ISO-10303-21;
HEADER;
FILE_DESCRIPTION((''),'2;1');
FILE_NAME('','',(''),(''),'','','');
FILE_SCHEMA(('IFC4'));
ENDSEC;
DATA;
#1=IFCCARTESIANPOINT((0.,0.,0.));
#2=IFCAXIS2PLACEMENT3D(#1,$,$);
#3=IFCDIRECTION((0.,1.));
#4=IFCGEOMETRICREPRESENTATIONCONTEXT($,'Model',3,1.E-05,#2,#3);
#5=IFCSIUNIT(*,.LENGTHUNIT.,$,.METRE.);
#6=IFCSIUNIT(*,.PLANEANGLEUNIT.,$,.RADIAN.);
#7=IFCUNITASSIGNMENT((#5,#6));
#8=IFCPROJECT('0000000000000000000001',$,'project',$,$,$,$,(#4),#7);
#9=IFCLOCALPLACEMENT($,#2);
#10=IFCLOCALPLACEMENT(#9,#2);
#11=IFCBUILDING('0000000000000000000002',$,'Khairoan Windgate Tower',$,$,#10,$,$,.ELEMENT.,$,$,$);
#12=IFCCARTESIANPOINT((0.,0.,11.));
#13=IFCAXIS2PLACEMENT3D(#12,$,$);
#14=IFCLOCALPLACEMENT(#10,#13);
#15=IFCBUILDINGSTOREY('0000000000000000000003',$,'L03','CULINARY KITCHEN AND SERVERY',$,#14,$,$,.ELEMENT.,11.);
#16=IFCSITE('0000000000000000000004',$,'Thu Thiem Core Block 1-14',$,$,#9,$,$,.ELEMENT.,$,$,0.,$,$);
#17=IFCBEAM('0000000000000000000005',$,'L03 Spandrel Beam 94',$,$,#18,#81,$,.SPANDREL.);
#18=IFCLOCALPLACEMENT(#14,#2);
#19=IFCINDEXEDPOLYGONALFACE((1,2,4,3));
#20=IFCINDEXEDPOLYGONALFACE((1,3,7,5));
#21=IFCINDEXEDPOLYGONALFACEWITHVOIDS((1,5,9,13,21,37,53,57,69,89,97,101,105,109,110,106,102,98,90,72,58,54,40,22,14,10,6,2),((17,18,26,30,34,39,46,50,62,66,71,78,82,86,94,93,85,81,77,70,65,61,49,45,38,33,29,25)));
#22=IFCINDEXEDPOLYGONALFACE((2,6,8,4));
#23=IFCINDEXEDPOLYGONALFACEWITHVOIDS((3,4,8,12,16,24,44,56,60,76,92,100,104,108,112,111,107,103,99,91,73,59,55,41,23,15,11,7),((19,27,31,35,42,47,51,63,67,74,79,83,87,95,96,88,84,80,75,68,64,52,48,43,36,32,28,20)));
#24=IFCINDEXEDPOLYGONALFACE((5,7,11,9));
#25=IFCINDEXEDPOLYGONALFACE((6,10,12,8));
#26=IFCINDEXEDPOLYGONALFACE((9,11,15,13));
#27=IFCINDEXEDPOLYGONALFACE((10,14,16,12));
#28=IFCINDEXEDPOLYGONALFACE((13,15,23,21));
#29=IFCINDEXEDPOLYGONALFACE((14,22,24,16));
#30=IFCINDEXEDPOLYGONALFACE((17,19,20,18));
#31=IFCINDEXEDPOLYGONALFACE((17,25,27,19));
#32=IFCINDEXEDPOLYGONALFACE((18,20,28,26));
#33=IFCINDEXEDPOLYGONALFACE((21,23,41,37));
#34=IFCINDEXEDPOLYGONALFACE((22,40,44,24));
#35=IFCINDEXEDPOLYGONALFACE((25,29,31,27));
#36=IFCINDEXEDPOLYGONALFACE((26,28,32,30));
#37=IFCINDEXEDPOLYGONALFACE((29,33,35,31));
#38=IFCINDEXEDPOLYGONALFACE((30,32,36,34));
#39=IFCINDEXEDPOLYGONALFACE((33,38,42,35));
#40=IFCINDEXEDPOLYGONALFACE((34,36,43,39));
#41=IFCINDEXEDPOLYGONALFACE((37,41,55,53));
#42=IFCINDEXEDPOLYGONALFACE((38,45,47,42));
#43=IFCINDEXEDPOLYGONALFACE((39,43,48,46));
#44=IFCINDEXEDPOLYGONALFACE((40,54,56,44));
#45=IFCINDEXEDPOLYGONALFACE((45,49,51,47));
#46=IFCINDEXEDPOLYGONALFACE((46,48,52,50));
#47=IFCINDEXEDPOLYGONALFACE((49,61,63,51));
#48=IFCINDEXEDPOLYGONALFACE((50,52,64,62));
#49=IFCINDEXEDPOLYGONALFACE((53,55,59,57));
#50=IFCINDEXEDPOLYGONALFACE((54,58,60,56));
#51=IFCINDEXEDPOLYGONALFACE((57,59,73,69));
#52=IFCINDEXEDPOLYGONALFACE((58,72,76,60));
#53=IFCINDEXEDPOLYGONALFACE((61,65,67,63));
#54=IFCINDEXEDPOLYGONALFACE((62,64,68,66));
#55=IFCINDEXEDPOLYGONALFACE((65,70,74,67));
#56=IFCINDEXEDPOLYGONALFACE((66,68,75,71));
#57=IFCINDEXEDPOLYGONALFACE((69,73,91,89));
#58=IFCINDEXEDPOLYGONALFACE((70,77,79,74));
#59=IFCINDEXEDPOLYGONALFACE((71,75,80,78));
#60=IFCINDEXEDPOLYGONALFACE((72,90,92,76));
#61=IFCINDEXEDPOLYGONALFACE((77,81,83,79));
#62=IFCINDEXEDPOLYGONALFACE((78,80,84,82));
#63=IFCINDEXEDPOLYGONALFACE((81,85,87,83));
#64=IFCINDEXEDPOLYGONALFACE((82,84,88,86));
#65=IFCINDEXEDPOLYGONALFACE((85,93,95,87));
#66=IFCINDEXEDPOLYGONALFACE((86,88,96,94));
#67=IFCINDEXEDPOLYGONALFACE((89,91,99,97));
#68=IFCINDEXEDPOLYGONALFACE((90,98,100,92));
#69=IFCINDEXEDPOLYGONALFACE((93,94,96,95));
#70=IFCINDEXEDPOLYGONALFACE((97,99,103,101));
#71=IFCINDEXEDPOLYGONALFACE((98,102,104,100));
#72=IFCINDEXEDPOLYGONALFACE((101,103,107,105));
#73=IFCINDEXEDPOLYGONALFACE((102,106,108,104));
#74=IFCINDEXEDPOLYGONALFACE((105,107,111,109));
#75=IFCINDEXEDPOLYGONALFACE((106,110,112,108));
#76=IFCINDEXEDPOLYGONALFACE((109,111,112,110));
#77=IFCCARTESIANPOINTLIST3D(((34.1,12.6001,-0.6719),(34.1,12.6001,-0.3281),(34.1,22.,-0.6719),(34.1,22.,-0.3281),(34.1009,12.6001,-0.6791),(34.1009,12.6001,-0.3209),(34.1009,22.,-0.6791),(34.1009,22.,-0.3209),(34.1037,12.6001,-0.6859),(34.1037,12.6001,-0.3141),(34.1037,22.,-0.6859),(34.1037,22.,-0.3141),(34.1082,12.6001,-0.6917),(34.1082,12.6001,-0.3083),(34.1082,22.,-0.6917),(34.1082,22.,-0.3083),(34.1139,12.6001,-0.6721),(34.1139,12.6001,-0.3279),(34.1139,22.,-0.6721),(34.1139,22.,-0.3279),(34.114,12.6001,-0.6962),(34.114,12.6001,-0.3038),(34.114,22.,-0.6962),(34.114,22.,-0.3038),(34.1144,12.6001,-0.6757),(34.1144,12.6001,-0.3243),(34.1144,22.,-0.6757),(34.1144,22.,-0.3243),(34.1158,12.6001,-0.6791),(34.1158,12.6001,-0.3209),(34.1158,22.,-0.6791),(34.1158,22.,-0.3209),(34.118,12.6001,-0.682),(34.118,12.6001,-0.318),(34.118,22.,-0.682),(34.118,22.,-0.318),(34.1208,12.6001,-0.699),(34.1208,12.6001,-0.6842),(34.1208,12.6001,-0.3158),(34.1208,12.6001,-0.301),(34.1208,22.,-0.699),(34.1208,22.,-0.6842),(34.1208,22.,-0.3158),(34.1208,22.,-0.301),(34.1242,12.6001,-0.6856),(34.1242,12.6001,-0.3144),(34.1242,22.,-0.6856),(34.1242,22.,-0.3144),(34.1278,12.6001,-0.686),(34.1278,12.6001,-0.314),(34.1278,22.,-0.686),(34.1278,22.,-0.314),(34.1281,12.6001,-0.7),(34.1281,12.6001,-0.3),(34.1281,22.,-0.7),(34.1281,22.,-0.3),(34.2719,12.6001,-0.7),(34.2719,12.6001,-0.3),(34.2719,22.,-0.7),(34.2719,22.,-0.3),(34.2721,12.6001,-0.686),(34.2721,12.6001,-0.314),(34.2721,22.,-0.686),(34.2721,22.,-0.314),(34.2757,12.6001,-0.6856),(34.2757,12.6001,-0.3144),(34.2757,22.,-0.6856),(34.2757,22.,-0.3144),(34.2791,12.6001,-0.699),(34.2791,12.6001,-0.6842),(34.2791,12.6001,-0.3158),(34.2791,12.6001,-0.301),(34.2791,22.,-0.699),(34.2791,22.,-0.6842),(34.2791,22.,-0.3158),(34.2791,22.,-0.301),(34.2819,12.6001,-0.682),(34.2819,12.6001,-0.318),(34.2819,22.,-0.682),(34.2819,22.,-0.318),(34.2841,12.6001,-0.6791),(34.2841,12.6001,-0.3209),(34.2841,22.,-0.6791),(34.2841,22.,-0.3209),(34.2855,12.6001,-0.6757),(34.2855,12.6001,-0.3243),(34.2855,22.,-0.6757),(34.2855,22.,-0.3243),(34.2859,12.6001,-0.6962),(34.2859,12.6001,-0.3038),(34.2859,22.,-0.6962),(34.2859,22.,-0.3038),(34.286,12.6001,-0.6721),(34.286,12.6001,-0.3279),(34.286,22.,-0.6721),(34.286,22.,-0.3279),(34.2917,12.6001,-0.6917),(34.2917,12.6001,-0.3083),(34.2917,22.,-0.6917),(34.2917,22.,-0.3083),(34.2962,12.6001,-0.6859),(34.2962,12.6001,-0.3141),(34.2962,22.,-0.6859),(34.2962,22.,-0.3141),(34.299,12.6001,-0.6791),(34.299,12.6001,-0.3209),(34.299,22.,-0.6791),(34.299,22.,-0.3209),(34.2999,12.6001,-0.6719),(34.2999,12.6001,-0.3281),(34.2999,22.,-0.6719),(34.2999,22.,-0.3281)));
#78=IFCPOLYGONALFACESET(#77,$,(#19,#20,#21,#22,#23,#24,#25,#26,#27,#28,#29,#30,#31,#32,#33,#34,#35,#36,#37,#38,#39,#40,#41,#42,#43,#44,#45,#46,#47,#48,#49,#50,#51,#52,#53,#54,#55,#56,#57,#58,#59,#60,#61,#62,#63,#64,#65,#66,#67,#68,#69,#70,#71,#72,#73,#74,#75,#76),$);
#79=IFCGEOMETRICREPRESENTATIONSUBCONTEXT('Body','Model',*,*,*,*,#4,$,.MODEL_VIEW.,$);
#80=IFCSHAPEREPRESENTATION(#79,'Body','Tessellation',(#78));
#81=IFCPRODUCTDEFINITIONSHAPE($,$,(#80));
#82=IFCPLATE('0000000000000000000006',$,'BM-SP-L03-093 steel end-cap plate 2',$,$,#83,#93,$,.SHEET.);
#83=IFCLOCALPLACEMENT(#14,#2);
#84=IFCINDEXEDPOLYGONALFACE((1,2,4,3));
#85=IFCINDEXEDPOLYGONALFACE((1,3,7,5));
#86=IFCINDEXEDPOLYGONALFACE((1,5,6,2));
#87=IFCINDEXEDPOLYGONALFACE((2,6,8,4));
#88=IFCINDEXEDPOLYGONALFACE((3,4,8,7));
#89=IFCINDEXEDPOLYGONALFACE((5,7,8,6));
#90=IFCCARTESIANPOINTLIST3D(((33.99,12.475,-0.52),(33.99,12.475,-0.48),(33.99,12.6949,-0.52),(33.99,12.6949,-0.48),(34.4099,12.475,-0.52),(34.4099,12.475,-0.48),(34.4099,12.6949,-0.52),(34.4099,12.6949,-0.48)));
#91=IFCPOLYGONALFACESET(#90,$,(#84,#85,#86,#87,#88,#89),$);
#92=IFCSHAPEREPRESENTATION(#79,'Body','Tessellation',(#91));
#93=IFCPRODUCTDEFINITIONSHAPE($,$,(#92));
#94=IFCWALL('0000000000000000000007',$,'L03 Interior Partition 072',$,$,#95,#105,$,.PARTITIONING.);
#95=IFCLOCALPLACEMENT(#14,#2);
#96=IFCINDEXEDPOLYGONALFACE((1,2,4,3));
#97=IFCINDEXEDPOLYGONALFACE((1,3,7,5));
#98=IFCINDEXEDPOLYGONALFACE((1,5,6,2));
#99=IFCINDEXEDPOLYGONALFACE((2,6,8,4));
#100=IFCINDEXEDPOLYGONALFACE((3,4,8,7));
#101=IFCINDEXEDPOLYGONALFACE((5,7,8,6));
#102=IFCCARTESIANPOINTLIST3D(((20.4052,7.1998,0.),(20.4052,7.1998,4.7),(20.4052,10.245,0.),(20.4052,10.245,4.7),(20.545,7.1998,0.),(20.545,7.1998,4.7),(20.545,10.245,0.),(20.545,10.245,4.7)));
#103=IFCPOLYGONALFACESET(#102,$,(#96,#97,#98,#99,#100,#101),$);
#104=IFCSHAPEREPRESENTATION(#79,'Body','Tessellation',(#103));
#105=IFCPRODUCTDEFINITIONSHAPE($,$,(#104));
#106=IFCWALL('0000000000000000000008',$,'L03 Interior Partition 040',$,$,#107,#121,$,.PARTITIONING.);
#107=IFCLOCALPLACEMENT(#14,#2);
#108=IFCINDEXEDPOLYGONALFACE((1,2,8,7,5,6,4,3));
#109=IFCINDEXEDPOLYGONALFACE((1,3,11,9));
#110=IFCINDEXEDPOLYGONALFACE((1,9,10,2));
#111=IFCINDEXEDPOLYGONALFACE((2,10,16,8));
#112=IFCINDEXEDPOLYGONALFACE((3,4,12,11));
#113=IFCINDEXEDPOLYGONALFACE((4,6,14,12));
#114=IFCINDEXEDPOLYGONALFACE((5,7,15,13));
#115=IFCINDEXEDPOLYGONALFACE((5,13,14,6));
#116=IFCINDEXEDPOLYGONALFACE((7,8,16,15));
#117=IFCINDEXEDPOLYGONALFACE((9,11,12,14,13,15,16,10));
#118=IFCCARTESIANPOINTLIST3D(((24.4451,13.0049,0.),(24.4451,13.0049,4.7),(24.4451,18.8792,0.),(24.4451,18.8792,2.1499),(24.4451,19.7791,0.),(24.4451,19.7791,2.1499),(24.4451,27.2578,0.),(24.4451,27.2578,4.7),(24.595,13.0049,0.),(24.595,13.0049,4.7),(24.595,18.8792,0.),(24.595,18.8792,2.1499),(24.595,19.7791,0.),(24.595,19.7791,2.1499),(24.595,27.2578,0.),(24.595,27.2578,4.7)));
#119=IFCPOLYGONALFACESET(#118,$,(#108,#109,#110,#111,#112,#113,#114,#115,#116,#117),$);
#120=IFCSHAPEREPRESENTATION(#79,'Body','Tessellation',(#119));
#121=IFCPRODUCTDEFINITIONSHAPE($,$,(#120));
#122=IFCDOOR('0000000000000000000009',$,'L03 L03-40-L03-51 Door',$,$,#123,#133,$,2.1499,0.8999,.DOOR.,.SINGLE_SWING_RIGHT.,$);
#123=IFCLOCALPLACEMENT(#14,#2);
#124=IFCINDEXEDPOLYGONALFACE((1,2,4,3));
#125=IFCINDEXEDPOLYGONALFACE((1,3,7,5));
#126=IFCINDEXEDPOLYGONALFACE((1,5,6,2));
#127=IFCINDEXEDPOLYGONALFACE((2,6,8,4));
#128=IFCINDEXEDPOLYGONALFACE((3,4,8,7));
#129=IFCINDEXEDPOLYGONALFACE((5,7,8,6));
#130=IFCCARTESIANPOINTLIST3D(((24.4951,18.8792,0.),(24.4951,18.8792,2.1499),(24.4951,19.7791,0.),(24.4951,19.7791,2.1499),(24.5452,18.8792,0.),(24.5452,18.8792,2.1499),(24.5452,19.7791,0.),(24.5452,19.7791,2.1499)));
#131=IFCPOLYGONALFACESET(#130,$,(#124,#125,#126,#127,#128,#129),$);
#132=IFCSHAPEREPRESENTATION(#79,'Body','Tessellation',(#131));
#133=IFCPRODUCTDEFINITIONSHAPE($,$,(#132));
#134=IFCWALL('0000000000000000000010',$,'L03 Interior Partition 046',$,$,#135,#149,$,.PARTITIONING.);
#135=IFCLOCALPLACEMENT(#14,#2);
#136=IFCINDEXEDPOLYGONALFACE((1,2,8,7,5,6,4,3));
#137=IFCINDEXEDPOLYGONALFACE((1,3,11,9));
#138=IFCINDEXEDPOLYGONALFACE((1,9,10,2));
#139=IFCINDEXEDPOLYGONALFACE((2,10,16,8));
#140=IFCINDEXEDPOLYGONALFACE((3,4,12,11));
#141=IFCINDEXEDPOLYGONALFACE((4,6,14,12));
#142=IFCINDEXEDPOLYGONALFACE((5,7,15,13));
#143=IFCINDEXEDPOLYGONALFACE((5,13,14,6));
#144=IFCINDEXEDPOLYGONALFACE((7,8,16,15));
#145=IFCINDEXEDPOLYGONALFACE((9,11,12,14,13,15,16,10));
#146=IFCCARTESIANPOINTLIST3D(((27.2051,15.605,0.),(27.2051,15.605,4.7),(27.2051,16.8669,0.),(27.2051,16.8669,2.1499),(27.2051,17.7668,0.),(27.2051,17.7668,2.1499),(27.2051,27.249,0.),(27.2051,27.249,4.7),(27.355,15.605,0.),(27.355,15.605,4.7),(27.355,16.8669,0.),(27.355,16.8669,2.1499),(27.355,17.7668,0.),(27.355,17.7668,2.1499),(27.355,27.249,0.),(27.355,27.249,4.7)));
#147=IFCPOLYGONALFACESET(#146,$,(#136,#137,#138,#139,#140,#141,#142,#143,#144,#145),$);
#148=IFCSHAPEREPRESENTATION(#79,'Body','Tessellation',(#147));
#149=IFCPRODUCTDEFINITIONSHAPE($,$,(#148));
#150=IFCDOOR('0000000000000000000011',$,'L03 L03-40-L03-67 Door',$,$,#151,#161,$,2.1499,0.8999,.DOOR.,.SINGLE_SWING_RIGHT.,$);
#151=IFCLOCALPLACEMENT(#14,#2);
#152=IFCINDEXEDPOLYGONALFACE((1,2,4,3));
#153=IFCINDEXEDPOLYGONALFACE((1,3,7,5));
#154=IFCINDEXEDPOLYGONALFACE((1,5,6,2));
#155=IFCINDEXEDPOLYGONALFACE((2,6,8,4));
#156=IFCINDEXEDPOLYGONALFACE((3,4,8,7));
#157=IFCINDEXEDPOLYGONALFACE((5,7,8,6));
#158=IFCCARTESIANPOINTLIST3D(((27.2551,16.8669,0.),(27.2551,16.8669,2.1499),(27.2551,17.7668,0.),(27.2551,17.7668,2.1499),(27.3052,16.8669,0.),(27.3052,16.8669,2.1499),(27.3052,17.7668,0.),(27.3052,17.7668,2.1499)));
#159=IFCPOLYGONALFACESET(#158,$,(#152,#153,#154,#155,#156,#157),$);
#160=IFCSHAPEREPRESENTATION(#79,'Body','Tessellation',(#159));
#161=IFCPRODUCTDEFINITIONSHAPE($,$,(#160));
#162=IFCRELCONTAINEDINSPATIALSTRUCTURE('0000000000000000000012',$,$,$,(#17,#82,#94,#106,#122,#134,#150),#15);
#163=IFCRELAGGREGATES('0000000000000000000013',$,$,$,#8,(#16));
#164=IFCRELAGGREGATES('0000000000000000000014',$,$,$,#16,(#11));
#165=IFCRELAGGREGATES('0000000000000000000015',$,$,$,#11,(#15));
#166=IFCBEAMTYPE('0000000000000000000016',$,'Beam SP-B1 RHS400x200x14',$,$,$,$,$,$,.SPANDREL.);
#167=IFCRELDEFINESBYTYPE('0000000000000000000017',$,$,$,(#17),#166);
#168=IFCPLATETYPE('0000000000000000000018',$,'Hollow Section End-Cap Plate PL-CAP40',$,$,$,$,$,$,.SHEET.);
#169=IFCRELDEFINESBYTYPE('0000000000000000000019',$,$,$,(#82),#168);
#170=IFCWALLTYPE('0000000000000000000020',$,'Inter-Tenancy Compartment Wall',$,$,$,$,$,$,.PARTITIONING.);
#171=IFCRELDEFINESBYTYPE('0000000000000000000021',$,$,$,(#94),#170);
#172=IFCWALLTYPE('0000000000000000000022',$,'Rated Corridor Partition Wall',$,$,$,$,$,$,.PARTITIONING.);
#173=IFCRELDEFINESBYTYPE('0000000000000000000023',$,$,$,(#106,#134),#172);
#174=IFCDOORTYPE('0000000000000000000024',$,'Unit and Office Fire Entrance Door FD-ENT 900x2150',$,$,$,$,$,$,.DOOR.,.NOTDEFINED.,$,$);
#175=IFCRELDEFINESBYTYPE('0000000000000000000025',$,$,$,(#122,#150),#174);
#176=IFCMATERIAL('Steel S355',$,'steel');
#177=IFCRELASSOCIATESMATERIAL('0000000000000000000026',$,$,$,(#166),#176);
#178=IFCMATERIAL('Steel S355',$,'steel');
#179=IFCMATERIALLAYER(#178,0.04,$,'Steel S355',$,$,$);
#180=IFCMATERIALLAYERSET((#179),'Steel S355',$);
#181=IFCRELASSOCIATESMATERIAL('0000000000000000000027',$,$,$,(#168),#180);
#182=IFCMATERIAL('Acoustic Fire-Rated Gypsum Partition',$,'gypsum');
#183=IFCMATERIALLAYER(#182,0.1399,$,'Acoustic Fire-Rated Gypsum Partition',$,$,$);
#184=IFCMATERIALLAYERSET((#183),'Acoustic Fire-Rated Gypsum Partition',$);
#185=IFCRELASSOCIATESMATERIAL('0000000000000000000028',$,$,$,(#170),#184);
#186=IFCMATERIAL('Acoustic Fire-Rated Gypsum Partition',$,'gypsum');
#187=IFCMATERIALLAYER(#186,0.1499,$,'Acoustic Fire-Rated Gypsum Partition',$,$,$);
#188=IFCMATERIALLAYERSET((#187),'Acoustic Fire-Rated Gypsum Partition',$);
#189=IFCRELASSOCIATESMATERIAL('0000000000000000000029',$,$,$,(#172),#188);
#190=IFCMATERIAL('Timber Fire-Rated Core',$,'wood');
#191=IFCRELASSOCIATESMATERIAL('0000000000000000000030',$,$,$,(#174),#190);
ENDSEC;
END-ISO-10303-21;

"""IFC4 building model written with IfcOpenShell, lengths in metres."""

from ifc_helpers import new_model, si_unit, direction, frame, frame_2d, origin, origin_2d, place, context, subcontext, project, spatial, rectangle, hollow_rectangle, extrude, material, layer, layer_set, material_profile, profile_set, type_object, element, fill, save


model = new_model("IFC4")

# Units and contexts
model_context = context("Model", 3, precision=1e-05, world=origin(), true_north=direction((0.0, 1.0)))
body_context = subcontext(model_context, "Body", "Model", "MODEL_VIEW")
ifc_project = project(units=[si_unit("LENGTHUNIT", "METRE"), si_unit("PLANEANGLEUNIT", "RADIAN")], contexts=[model_context])

# Site, building, storey
site_placement = place(None, origin())
site = spatial("IfcSite", under=ifc_project, at=site_placement, Name="Thu Thiem Core Block 1-14", CompositionType="ELEMENT", RefElevation=0.0)
building_placement = place(site_placement, origin())
building = spatial("IfcBuilding", under=site, at=building_placement, Name="Khairoan Windgate Tower", CompositionType="ELEMENT")
storey_placement = place(building_placement, frame((0.0, 0.0, 11.0)))
storey = spatial("IfcBuildingStorey", under=building, at=storey_placement, Name="L03", Description="CULINARY KITCHEN AND SERVERY", CompositionType="ELEMENT", Elevation=11.0)

# Beam
ifc_material_1 = material(Name="Steel S355", Category="steel")
ifc_material_profile_1 = material_profile(ifc_material_1, hollow_rectangle(XDim=0.2, YDim=0.3999, WallThickness=0.0139, InnerFilletRadius=0.0139, OuterFilletRadius=0.0281, at=origin_2d()))
ifc_profile_set_1 = profile_set([ifc_material_profile_1], Name="Steel S355")
beam_type_1 = type_object("IfcBeamType", Name="Beam SP-B1 RHS400x200x14", PredefinedType="SPANDREL", material=ifc_profile_set_1)
beam_1_placement = place(storey_placement, frame((34.2, 12.6001, -0.5), z_axis=(0.0, 1.0, 0.0), x_axis=(-1.0, 0.0, 0.0)))
element("IfcBeam", 1, at=beam_1_placement, inside=storey, type_object=beam_type_1, Name="L03 Spandrel Beam 94", PredefinedType="SPANDREL", context=body_context, shape_type="SweptSolid", body=[
    extrude(hollow_rectangle(XDim=0.2, YDim=0.3999, WallThickness=0.0139, InnerFilletRadius=0.0139, OuterFilletRadius=0.0281, at=origin_2d()), origin(), (0.0, 0.0, 1.0), 9.3999),
])

# Plate
ifc_material_2 = material(Name="Steel S355", Category="steel")
ifc_layer_1 = layer(ifc_material_2, 0.04, Name="Steel S355")
ifc_layer_set_1 = layer_set([ifc_layer_1], Name="Steel S355")
plate_type = type_object("IfcPlateType", Name="Hollow Section End-Cap Plate PL-CAP40", PredefinedType="SHEET", material=ifc_layer_set_1)
plate_placement = place(storey_placement, frame((34.2, 12.585, -0.52), z_axis=(0.0, 0.0, 1.0), x_axis=(0.0, 1.0, 0.0)))
element("IfcPlate", 2, at=plate_placement, inside=storey, type_object=plate_type, Name="BM-SP-L03-093 steel end-cap plate 2", PredefinedType="SHEET", context=body_context, shape_type="SweptSolid", body=[
    extrude(rectangle(XDim=0.22, YDim=0.4199, at=origin_2d()), origin(), (0.0, 0.0, 1.0), 0.04),
])

# Wall
ifc_material_3 = material(Name="Acoustic Fire-Rated Gypsum Partition", Category="gypsum")
ifc_layer_2 = layer(ifc_material_3, 0.1399, Name="Acoustic Fire-Rated Gypsum Partition")
ifc_layer_set_2 = layer_set([ifc_layer_2], Name="Acoustic Fire-Rated Gypsum Partition")
wall_type_1 = type_object("IfcWallType", Name="Inter-Tenancy Compartment Wall", PredefinedType="PARTITIONING", material=ifc_layer_set_2)
wall_1_placement = place(storey_placement, frame((20.4751, 7.2, 0.0), z_axis=(0.0, 0.0, 1.0), x_axis=(0.0, 1.0, 0.0)))
element("IfcWall", 3, at=wall_1_placement, inside=storey, type_object=wall_type_1, Name="L03 Interior Partition 072", PredefinedType="PARTITIONING", context=body_context, shape_type="SweptSolid", body=[
    extrude(rectangle(XDim=3.0452, YDim=0.1399, at=frame_2d((1.5225, 0.0))), origin(), (0.0, 0.0, 1.0), 4.7),
])

# Walls, openings, doors
ifc_material_4 = material(Name="Acoustic Fire-Rated Gypsum Partition", Category="gypsum")
ifc_layer_3 = layer(ifc_material_4, 0.1499, Name="Acoustic Fire-Rated Gypsum Partition")
ifc_layer_set_3 = layer_set([ifc_layer_3], Name="Acoustic Fire-Rated Gypsum Partition")
wall_type_2 = type_object("IfcWallType", Name="Rated Corridor Partition Wall", PredefinedType="PARTITIONING", material=ifc_layer_set_3)
wall_2_placement = place(storey_placement, frame((24.52, 13.0049, 0.0), z_axis=(0.0, 0.0, 1.0), x_axis=(0.0, 1.0, 0.0)))
wall_2 = element("IfcWall", 4, at=wall_2_placement, inside=storey, type_object=wall_type_2, Name="L03 Interior Partition 040", PredefinedType="PARTITIONING", context=body_context, shape_type="SweptSolid", body=[
    extrude(rectangle(XDim=14.2529, YDim=0.1499, at=frame_2d((7.1265, 0.0))), origin(), (0.0, 0.0, 1.0), 4.7),
])
opening_1_placement = place(wall_2_placement, frame((5.8743, 0.0, 0.0)))
opening_1 = element("IfcOpeningElement", 5, at=opening_1_placement, cuts=wall_2, PredefinedType="OPENING", context=body_context, shape_type="SweptSolid", body=[
    extrude(rectangle(XDim=0.8999, YDim=2.1499, at=frame_2d((0.45, 1.075))), frame((0.0, 0.085, 0.0), z_axis=(0.0, -1.0, 0.0), x_axis=(1.0, 0.0, 0.0)), (0.0, 0.0, 1.0), 0.1699),
])
ifc_material_5 = material(Name="Timber Fire-Rated Core", Category="wood")
door_type = type_object("IfcDoorType", Name="Unit and Office Fire Entrance Door FD-ENT 900x2150", OperationType="NOTDEFINED", PredefinedType="DOOR", material=ifc_material_5)
door_1_placement = place(opening_1_placement, origin())
door_1 = element("IfcDoor", 6, at=door_1_placement, inside=storey, type_object=door_type, Name="L03 L03-40-L03-51 Door", OperationType="SINGLE_SWING_RIGHT", OverallHeight=2.1499, OverallWidth=0.8999, PredefinedType="DOOR", context=body_context, shape_type="SweptSolid", body=[
    extrude(rectangle(XDim=0.8999, YDim=2.1499, at=frame_2d((0.45, 1.075))), frame((0.0, 0.0249, 0.0), z_axis=(0.0, -1.0, 0.0), x_axis=(1.0, 0.0, 0.0)), (0.0, 0.0, 1.0), 0.05),
])
fill(opening_1, door_1)
wall_3_placement = place(storey_placement, frame((27.28, 15.605, 0.0), z_axis=(0.0, 0.0, 1.0), x_axis=(0.0, 1.0, 0.0)))
wall_3 = element("IfcWall", 7, at=wall_3_placement, inside=storey, type_object=wall_type_2, Name="L03 Interior Partition 046", PredefinedType="PARTITIONING", context=body_context, shape_type="SweptSolid", body=[
    extrude(rectangle(XDim=11.644, YDim=0.1499, at=frame_2d((5.822, 0.0))), origin(), (0.0, 0.0, 1.0), 4.7),
])
opening_2_placement = place(wall_3_placement, frame((1.262, 0.0, 0.0)))
opening_2 = element("IfcOpeningElement", 8, at=opening_2_placement, cuts=wall_3, PredefinedType="OPENING", context=body_context, shape_type="SweptSolid", body=[
    extrude(rectangle(XDim=0.8999, YDim=2.1499, at=frame_2d((0.45, 1.075))), frame((0.0, 0.085, 0.0), z_axis=(0.0, -1.0, 0.0), x_axis=(1.0, 0.0, 0.0)), (0.0, 0.0, 1.0), 0.1699),
])
door_2_placement = place(opening_2_placement, origin())
door_2 = element("IfcDoor", 9, at=door_2_placement, inside=storey, type_object=door_type, Name="L03 L03-40-L03-67 Door", OperationType="SINGLE_SWING_RIGHT", OverallHeight=2.1499, OverallWidth=0.8999, PredefinedType="DOOR", context=body_context, shape_type="SweptSolid", body=[
    extrude(rectangle(XDim=0.8999, YDim=2.1499, at=frame_2d((0.45, 1.075))), frame((0.0, 0.0249, 0.0), z_axis=(0.0, -1.0, 0.0), x_axis=(1.0, 0.0, 0.0)), (0.0, 0.0, 1.0), 0.05),
])
fill(opening_2, door_2)

save(model, "model.ifc")
